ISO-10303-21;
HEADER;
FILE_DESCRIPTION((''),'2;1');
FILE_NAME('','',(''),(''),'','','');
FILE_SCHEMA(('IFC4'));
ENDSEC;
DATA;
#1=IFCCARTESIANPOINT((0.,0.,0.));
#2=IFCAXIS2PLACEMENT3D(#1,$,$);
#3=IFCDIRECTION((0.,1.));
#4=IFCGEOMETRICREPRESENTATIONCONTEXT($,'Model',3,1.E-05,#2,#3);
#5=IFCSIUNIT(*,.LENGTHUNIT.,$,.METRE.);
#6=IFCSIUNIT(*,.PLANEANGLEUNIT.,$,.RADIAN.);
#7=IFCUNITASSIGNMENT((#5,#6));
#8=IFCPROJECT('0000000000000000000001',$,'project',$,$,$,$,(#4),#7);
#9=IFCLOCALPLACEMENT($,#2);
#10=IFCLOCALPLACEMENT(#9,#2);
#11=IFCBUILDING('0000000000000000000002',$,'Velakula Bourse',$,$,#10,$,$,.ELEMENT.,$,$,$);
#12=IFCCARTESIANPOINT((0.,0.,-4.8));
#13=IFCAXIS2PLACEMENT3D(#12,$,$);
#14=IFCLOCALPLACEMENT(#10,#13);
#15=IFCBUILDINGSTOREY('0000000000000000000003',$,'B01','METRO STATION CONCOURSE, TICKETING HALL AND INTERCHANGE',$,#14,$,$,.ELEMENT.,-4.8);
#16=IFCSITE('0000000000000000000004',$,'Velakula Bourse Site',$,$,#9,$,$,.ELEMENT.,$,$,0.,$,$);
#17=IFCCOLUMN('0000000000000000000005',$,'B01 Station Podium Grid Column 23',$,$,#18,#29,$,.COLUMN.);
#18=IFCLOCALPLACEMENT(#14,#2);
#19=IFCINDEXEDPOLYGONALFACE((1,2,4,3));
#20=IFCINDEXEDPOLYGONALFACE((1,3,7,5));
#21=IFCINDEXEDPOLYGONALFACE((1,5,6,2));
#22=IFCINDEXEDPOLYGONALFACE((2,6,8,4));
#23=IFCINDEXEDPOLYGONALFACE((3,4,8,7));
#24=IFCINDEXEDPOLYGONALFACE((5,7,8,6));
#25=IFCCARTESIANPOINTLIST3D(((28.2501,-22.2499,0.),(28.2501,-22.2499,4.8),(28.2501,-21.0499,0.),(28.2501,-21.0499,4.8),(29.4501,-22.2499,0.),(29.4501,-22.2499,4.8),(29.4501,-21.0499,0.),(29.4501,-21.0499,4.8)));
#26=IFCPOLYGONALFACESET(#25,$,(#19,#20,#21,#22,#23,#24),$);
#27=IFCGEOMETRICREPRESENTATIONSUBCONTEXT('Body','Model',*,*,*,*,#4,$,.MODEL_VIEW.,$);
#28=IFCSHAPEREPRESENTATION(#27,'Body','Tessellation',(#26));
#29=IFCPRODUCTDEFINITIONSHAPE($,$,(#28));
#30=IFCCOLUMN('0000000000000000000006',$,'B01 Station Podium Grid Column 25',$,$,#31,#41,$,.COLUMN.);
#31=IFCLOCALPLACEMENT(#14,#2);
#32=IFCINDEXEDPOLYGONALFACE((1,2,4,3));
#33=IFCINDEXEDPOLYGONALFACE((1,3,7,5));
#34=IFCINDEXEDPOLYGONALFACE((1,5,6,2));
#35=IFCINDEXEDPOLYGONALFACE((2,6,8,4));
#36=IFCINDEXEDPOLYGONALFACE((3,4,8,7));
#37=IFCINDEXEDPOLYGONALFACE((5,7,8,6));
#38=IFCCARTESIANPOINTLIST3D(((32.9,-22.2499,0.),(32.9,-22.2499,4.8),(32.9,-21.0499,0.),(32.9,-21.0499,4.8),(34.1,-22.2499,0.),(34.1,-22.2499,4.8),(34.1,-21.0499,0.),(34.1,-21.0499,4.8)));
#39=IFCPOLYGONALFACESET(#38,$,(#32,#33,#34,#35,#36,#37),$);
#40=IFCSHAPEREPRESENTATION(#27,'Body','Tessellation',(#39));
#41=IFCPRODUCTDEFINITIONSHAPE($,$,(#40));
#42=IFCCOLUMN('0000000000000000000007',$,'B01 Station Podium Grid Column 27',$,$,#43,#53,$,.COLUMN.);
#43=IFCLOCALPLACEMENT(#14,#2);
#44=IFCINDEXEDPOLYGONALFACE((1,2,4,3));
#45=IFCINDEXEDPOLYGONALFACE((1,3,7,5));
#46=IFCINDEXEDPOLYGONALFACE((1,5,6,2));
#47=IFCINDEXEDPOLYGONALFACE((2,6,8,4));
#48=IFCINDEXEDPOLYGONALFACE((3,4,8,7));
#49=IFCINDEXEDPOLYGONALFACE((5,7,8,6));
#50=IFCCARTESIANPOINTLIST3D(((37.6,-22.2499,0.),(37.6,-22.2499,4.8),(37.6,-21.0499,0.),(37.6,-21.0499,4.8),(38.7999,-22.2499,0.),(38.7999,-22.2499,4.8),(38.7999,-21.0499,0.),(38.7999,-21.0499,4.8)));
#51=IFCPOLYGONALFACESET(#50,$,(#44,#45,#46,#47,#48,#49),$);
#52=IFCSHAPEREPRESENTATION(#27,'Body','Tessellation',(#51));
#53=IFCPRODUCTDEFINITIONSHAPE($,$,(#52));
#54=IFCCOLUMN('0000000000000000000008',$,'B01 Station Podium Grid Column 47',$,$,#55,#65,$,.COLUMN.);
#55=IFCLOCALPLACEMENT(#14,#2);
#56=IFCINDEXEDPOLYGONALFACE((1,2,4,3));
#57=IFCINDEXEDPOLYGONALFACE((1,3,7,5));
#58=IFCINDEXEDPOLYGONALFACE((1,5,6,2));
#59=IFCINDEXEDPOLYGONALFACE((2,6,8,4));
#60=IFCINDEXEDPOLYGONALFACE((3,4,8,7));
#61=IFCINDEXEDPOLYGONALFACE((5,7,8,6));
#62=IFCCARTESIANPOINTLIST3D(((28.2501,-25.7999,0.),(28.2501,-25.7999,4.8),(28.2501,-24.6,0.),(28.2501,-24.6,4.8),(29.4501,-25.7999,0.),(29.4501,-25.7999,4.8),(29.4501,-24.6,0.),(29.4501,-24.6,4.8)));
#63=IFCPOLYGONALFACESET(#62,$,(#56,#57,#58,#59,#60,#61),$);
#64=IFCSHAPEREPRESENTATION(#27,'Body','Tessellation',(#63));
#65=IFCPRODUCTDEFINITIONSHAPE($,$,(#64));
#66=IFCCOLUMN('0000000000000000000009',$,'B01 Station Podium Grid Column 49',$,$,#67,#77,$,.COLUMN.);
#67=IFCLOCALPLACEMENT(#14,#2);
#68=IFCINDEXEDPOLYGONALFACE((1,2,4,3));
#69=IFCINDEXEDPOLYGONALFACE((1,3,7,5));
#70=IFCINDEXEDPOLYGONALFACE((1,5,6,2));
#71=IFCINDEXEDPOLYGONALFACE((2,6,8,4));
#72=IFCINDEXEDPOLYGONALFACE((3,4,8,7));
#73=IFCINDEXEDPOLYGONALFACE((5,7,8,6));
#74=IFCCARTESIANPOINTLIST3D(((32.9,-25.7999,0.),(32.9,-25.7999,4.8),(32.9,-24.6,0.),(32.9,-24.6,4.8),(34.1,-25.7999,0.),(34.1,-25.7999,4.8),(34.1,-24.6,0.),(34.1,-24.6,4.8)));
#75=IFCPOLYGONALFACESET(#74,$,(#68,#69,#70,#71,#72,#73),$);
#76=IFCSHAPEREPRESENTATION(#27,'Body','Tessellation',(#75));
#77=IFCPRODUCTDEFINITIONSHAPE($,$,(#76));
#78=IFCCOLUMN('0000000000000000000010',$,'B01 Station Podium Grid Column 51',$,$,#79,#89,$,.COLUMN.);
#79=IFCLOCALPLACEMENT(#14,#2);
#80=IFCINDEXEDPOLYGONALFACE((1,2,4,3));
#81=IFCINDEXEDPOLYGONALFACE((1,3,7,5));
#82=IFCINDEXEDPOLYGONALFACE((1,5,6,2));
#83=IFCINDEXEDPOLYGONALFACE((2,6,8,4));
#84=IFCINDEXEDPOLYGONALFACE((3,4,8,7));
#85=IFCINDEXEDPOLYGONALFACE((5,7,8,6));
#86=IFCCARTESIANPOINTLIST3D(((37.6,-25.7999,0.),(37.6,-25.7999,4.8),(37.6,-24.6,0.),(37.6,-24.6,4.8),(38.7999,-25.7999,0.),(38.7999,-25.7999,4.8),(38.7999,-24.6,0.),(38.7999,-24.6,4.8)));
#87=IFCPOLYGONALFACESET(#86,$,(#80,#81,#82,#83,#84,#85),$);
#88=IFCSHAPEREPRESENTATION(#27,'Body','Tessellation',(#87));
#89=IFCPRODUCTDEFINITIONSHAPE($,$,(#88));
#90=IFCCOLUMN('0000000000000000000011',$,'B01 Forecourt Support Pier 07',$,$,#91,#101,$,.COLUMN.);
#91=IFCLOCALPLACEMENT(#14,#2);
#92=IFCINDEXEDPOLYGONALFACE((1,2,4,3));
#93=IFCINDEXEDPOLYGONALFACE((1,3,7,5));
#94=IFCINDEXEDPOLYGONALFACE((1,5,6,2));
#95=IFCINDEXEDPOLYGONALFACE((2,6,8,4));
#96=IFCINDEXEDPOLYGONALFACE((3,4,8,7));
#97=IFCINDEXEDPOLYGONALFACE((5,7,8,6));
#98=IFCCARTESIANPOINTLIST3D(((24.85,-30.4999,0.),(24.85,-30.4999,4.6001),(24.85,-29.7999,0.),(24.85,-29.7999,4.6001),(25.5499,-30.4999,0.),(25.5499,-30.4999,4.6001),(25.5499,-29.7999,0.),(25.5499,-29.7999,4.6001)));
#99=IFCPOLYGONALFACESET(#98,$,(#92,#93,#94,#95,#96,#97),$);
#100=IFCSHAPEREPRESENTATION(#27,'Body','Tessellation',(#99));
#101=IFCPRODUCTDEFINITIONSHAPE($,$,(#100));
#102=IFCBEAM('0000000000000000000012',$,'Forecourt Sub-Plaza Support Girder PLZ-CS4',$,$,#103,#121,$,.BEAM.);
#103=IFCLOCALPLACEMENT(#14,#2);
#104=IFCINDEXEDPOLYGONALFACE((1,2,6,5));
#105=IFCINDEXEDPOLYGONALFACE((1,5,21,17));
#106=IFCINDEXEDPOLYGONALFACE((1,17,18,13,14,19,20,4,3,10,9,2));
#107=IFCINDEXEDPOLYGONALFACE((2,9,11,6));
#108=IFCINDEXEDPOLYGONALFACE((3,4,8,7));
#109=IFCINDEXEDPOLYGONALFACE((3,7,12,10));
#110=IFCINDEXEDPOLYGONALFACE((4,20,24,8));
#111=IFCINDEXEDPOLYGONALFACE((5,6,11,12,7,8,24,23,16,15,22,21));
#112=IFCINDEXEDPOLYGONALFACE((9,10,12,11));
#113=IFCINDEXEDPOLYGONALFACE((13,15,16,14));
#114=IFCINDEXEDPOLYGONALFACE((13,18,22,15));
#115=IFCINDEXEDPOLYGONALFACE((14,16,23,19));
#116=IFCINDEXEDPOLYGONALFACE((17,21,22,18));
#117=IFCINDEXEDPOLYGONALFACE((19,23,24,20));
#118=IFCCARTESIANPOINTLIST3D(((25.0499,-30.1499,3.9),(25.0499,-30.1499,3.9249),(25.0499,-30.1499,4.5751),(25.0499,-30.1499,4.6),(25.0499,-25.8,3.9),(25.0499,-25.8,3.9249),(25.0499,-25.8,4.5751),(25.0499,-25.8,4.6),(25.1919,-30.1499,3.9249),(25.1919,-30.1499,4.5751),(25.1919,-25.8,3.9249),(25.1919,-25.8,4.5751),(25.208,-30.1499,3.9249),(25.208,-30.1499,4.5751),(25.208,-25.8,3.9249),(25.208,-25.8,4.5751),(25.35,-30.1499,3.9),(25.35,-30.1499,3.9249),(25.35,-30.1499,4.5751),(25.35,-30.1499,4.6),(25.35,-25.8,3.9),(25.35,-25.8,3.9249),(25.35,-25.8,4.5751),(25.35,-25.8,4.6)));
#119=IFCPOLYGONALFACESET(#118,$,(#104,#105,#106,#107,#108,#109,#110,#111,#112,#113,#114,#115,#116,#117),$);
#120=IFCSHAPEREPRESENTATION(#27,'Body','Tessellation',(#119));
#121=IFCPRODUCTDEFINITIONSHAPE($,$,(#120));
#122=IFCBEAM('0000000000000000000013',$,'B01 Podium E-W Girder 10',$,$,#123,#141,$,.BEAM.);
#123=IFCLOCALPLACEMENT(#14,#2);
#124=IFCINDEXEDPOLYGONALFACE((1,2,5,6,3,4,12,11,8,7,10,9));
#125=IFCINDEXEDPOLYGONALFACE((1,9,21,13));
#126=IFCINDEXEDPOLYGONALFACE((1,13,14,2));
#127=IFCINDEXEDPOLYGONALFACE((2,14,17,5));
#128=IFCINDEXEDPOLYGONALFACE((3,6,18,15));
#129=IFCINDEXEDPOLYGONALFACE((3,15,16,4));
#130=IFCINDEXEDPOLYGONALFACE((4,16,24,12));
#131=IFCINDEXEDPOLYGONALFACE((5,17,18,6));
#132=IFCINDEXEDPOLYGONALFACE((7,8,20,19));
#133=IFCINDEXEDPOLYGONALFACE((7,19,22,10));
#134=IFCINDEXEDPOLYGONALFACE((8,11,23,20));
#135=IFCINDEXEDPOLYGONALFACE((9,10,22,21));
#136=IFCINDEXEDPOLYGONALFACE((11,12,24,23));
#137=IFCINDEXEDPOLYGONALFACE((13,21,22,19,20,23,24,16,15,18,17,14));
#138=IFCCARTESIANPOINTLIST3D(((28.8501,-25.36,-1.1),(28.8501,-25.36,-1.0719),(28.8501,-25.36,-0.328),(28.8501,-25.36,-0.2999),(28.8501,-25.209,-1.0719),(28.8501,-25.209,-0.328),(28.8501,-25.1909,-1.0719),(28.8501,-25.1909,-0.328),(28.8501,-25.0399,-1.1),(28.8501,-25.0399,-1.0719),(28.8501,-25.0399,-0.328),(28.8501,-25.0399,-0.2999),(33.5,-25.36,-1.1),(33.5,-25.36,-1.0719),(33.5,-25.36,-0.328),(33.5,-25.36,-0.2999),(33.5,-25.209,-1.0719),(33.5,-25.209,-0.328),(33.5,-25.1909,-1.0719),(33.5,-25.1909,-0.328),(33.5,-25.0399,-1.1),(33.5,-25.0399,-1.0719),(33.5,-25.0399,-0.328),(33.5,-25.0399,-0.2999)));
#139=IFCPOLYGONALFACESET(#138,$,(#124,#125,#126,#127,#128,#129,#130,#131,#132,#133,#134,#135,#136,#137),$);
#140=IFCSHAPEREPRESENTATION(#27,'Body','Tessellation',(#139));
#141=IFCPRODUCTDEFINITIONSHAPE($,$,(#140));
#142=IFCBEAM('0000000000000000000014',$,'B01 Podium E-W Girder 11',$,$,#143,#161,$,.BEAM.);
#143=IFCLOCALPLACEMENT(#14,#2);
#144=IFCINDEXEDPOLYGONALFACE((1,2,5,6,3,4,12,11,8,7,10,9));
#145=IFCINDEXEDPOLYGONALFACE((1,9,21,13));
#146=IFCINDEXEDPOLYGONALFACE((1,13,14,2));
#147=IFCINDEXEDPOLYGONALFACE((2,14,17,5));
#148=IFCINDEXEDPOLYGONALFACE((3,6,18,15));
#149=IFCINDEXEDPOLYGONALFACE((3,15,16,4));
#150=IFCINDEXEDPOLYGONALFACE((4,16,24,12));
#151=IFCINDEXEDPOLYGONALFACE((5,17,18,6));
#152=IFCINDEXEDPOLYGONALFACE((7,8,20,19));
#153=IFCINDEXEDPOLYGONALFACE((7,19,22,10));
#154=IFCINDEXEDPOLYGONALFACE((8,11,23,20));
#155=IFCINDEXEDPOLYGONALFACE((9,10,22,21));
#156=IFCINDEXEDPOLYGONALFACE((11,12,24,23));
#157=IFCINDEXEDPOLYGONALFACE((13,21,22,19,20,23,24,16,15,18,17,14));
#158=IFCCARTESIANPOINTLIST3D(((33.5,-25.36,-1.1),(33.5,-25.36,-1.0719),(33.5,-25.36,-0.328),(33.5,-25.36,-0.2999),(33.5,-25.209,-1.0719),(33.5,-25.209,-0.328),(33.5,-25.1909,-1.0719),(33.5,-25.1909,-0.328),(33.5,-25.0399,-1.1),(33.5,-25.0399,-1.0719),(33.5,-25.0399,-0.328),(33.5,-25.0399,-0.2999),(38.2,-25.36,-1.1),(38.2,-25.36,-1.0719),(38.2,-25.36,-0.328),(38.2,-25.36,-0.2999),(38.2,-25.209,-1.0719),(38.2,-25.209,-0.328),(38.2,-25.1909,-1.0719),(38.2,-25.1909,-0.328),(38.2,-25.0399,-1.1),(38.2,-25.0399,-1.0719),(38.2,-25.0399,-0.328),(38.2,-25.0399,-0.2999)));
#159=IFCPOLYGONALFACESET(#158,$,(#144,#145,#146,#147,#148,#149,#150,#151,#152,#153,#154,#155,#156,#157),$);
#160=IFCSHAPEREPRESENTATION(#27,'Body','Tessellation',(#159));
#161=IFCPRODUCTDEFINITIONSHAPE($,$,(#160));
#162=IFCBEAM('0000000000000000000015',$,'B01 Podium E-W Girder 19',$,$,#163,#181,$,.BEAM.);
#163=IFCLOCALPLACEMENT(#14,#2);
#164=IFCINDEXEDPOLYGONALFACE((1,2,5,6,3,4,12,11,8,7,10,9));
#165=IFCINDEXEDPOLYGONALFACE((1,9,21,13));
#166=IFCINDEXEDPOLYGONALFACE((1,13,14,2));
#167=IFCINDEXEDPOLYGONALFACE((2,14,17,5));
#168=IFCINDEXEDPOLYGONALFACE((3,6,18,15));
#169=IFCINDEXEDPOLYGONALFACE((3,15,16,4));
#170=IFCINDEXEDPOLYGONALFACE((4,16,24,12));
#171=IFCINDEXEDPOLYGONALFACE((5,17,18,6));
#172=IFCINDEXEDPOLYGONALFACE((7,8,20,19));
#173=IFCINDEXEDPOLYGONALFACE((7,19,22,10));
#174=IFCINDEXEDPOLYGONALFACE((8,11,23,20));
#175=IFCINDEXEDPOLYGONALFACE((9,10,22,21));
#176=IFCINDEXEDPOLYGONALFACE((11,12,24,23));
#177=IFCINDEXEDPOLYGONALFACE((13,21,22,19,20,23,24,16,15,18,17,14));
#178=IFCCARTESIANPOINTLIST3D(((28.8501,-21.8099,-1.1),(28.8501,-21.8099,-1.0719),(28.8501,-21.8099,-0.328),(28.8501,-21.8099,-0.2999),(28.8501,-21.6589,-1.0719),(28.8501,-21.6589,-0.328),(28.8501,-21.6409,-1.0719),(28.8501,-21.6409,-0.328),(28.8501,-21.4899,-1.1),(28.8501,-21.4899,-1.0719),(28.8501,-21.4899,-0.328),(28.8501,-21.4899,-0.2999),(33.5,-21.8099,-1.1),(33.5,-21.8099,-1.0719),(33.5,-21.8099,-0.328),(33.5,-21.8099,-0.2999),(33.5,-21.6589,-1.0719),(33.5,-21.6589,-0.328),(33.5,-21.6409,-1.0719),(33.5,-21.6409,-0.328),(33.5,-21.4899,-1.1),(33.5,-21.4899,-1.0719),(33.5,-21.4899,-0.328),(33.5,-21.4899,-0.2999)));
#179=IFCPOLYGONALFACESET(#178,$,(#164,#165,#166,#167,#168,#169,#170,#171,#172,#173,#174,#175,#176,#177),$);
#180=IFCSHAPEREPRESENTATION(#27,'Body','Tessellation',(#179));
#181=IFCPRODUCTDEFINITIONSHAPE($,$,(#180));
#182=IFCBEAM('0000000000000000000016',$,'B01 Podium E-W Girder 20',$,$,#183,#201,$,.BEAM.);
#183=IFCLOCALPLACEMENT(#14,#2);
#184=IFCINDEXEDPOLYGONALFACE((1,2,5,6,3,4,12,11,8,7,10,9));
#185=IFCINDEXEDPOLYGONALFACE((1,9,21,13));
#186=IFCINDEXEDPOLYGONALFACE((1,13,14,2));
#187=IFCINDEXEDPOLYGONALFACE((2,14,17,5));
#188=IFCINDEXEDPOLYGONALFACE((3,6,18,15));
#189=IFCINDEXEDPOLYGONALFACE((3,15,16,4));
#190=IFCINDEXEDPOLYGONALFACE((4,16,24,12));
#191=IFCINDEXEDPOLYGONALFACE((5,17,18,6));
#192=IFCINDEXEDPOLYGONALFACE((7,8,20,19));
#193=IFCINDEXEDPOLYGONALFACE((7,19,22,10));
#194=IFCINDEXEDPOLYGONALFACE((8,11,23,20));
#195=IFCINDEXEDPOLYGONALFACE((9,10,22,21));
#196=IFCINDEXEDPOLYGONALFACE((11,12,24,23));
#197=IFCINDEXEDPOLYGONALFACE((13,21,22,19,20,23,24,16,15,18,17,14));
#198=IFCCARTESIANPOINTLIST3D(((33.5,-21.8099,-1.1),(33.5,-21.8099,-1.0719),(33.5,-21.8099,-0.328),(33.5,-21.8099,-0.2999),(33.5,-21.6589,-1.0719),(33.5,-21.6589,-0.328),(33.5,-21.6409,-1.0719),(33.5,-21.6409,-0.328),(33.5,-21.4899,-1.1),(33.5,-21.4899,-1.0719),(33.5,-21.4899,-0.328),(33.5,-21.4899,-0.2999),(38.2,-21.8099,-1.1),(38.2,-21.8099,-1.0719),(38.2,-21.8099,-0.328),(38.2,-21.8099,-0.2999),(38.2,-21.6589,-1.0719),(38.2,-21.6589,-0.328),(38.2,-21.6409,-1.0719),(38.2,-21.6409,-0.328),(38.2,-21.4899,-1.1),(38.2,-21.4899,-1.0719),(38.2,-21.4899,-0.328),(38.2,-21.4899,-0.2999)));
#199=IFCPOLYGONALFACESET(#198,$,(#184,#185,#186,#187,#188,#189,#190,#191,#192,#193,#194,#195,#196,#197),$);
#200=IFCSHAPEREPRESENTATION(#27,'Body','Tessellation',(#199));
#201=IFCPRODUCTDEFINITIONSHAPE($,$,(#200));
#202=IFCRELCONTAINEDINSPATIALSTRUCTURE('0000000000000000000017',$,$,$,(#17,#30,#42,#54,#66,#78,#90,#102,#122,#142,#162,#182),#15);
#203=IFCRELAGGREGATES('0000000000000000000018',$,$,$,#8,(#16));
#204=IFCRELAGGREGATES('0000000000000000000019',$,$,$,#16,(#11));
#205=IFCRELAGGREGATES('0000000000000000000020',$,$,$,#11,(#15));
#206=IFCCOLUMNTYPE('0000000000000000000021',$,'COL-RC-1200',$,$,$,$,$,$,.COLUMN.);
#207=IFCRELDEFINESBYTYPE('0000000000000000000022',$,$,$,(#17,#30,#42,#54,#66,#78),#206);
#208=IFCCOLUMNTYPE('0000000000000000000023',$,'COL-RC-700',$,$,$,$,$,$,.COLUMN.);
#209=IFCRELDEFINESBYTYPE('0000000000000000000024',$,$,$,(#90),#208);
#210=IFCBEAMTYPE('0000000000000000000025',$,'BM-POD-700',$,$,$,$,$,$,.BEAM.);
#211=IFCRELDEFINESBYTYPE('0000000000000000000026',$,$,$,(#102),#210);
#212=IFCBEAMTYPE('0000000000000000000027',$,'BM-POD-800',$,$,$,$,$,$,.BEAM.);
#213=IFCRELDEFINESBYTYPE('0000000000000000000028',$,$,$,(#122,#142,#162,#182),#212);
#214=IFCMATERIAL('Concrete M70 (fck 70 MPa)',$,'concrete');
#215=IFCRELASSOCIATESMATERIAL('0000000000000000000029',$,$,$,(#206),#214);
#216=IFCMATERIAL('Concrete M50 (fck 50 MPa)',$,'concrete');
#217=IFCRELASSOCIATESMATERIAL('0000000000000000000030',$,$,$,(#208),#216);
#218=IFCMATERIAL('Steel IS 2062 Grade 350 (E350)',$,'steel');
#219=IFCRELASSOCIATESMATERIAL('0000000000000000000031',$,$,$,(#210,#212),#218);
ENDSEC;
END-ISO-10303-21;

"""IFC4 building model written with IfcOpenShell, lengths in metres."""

from ifc_helpers import new_model, si_unit, direction, frame, origin, origin_2d, place, context, subcontext, project, spatial, rectangle, i_section, extrude, material, material_profile, profile_set, type_object, element, save


model = new_model("IFC4")

# Units and contexts
model_context = context("Model", 3, precision=1e-05, world=origin(), true_north=direction((0.0, 1.0)))
body_context = subcontext(model_context, "Body", "Model", "MODEL_VIEW")
ifc_project = project(units=[si_unit("LENGTHUNIT", "METRE"), si_unit("PLANEANGLEUNIT", "RADIAN")], contexts=[model_context])

# Site, building, storey
site_placement = place(None, origin())
site = spatial("IfcSite", under=ifc_project, at=site_placement, Name="Velakula Bourse Site", CompositionType="ELEMENT", RefElevation=0.0)
building_placement = place(site_placement, origin())
building = spatial("IfcBuilding", under=site, at=building_placement, Name="Velakula Bourse", CompositionType="ELEMENT")
storey_placement = place(building_placement, frame((0.0, 0.0, -4.8)))
storey = spatial("IfcBuildingStorey", under=building, at=storey_placement, Name="B01", Description="METRO STATION CONCOURSE, TICKETING HALL AND INTERCHANGE", CompositionType="ELEMENT", Elevation=-4.8)

# Columns
ifc_material_1 = material(Name="Concrete M70 (fck 70 MPa)", Category="concrete")
ifc_material_profile_1 = material_profile(ifc_material_1, rectangle(XDim=1.2, YDim=1.2, at=origin_2d()), Name="Concrete M70 (fck 70 MPa)")
ifc_profile_set_1 = profile_set([ifc_material_profile_1], Name="Concrete M70 (fck 70 MPa)")
column_type_1 = type_object("IfcColumnType", Name="COL-RC-1200", PredefinedType="COLUMN", material=ifc_profile_set_1)
for number, where, z_axis, x_axis, name in (
    (1, (28.8501, -21.6499, 0.0), (0.0, 0.0, 1.0), (1.0, 0.0, 0.0), "B01 Station Podium Grid Column 23"),
    (2, (33.5, -21.6499, 0.0), (0.0, 0.0, 1.0), (1.0, 0.0, 0.0), "B01 Station Podium Grid Column 25"),
    (3, (38.2, -21.6499, 0.0), (0.0, 0.0, 1.0), (1.0, 0.0, 0.0), "B01 Station Podium Grid Column 27"),
    (4, (28.8501, -25.2, 0.0), (0.0, 0.0, 1.0), (1.0, 0.0, 0.0), "B01 Station Podium Grid Column 47"),
    (5, (33.5, -25.2, 0.0), (0.0, 0.0, 1.0), (1.0, 0.0, 0.0), "B01 Station Podium Grid Column 49"),
    (6, (38.2, -25.2, 0.0), (0.0, 0.0, 1.0), (1.0, 0.0, 0.0), "B01 Station Podium Grid Column 51"),
):
    element("IfcColumn", number, at=place(storey_placement, frame(where, z_axis=z_axis, x_axis=x_axis)), inside=storey, type_object=column_type_1, Name=name, PredefinedType="COLUMN", context=body_context, shape_type="SweptSolid", body=[
        extrude(rectangle(XDim=1.2, YDim=1.2, at=origin_2d()), origin(), (0.0, 0.0, 1.0), 4.8),
    ])
ifc_material_2 = material(Name="Concrete M50 (fck 50 MPa)", Category="concrete")
ifc_material_profile_2 = material_profile(ifc_material_2, rectangle(XDim=0.7, YDim=0.7, at=origin_2d()), Name="Concrete M50 (fck 50 MPa)")
ifc_profile_set_2 = profile_set([ifc_material_profile_2], Name="Concrete M50 (fck 50 MPa)")
column_type_2 = type_object("IfcColumnType", Name="COL-RC-700", PredefinedType="COLUMN", material=ifc_profile_set_2)
column_placement = place(storey_placement, frame((25.2, -30.1499, 0.0), z_axis=(0.0, 0.0, 1.0), x_axis=(1.0, 0.0, 0.0)))
element("IfcColumn", 7, at=column_placement, inside=storey, type_object=column_type_2, Name="B01 Forecourt Support Pier 07", PredefinedType="COLUMN", context=body_context, shape_type="SweptSolid", body=[
    extrude(rectangle(XDim=0.7, YDim=0.7, at=origin_2d()), origin(), (0.0, 0.0, 1.0), 4.6001),
])

# Beams
ifc_material_3 = material(Name="Steel IS 2062 Grade 350 (E350)", Category="steel")
ifc_material_profile_3 = material_profile(ifc_material_3, i_section(OverallWidth=0.3, OverallDepth=0.7, WebThickness=0.0161, FlangeThickness=0.0249, at=origin_2d()), Name="Steel IS 2062 Grade 350 (E350)")
ifc_profile_set_3 = profile_set([ifc_material_profile_3], Name="Steel IS 2062 Grade 350 (E350)")
beam_type_1 = type_object("IfcBeamType", Name="BM-POD-700", PredefinedType="BEAM", material=ifc_profile_set_3)
beam_1_placement = place(storey_placement, frame((25.2, -30.1499, 4.25), z_axis=(0.0, 1.0, 0.0), x_axis=(-1.0, 0.0, 0.0)))
element("IfcBeam", 8, at=beam_1_placement, inside=storey, type_object=beam_type_1, Name="Forecourt Sub-Plaza Support Girder PLZ-CS4", PredefinedType="BEAM", context=body_context, shape_type="SweptSolid", body=[
    extrude(i_section(OverallWidth=0.3, OverallDepth=0.7, WebThickness=0.0161, FlangeThickness=0.0249, at=origin_2d()), origin(), (0.0, 0.0, 1.0), 4.3499),
])
ifc_material_profile_4 = material_profile(ifc_material_3, i_section(OverallWidth=0.3201, OverallDepth=0.8, WebThickness=0.0181, FlangeThickness=0.0281, at=origin_2d()), Name="Steel IS 2062 Grade 350 (E350)")
ifc_profile_set_4 = profile_set([ifc_material_profile_4], Name="Steel IS 2062 Grade 350 (E350)")
beam_type_2 = type_object("IfcBeamType", Name="BM-POD-800", PredefinedType="BEAM", material=ifc_profile_set_4)
beam_2_placement = place(storey_placement, frame((28.8501, -25.2, -0.7), z_axis=(1.0, 0.0, 0.0), x_axis=(0.0, 1.0, 0.0)))
element("IfcBeam", 9, at=beam_2_placement, inside=storey, type_object=beam_type_2, Name="B01 Podium E-W Girder 10", PredefinedType="BEAM", context=body_context, shape_type="SweptSolid", body=[
    extrude(i_section(OverallWidth=0.3201, OverallDepth=0.8, WebThickness=0.0181, FlangeThickness=0.0281, at=origin_2d()), origin(), (0.0, 0.0, 1.0), 4.6499),
])
beam_3_placement = place(storey_placement, frame((33.5, -25.2, -0.7), z_axis=(1.0, 0.0, 0.0), x_axis=(0.0, 1.0, 0.0)))
element("IfcBeam", 10, at=beam_3_placement, inside=storey, type_object=beam_type_2, Name="B01 Podium E-W Girder 11", PredefinedType="BEAM", context=body_context, shape_type="SweptSolid", body=[
    extrude(i_section(OverallWidth=0.3201, OverallDepth=0.8, WebThickness=0.0181, FlangeThickness=0.0281, at=origin_2d()), origin(), (0.0, 0.0, 1.0), 4.7),
])
beam_4_placement = place(storey_placement, frame((28.8501, -21.6499, -0.7), z_axis=(1.0, 0.0, 0.0), x_axis=(0.0, 1.0, 0.0)))
element("IfcBeam", 11, at=beam_4_placement, inside=storey, type_object=beam_type_2, Name="B01 Podium E-W Girder 19", PredefinedType="BEAM", context=body_context, shape_type="SweptSolid", body=[
    extrude(i_section(OverallWidth=0.3201, OverallDepth=0.8, WebThickness=0.0181, FlangeThickness=0.0281, at=origin_2d()), origin(), (0.0, 0.0, 1.0), 4.6499),
])
beam_5_placement = place(storey_placement, frame((33.5, -21.6499, -0.7), z_axis=(1.0, 0.0, 0.0), x_axis=(0.0, 1.0, 0.0)))
element("IfcBeam", 12, at=beam_5_placement, inside=storey, type_object=beam_type_2, Name="B01 Podium E-W Girder 20", PredefinedType="BEAM", context=body_context, shape_type="SweptSolid", body=[
    extrude(i_section(OverallWidth=0.3201, OverallDepth=0.8, WebThickness=0.0181, FlangeThickness=0.0281, at=origin_2d()), origin(), (0.0, 0.0, 1.0), 4.7),
])

save(model, "model.ifc")
